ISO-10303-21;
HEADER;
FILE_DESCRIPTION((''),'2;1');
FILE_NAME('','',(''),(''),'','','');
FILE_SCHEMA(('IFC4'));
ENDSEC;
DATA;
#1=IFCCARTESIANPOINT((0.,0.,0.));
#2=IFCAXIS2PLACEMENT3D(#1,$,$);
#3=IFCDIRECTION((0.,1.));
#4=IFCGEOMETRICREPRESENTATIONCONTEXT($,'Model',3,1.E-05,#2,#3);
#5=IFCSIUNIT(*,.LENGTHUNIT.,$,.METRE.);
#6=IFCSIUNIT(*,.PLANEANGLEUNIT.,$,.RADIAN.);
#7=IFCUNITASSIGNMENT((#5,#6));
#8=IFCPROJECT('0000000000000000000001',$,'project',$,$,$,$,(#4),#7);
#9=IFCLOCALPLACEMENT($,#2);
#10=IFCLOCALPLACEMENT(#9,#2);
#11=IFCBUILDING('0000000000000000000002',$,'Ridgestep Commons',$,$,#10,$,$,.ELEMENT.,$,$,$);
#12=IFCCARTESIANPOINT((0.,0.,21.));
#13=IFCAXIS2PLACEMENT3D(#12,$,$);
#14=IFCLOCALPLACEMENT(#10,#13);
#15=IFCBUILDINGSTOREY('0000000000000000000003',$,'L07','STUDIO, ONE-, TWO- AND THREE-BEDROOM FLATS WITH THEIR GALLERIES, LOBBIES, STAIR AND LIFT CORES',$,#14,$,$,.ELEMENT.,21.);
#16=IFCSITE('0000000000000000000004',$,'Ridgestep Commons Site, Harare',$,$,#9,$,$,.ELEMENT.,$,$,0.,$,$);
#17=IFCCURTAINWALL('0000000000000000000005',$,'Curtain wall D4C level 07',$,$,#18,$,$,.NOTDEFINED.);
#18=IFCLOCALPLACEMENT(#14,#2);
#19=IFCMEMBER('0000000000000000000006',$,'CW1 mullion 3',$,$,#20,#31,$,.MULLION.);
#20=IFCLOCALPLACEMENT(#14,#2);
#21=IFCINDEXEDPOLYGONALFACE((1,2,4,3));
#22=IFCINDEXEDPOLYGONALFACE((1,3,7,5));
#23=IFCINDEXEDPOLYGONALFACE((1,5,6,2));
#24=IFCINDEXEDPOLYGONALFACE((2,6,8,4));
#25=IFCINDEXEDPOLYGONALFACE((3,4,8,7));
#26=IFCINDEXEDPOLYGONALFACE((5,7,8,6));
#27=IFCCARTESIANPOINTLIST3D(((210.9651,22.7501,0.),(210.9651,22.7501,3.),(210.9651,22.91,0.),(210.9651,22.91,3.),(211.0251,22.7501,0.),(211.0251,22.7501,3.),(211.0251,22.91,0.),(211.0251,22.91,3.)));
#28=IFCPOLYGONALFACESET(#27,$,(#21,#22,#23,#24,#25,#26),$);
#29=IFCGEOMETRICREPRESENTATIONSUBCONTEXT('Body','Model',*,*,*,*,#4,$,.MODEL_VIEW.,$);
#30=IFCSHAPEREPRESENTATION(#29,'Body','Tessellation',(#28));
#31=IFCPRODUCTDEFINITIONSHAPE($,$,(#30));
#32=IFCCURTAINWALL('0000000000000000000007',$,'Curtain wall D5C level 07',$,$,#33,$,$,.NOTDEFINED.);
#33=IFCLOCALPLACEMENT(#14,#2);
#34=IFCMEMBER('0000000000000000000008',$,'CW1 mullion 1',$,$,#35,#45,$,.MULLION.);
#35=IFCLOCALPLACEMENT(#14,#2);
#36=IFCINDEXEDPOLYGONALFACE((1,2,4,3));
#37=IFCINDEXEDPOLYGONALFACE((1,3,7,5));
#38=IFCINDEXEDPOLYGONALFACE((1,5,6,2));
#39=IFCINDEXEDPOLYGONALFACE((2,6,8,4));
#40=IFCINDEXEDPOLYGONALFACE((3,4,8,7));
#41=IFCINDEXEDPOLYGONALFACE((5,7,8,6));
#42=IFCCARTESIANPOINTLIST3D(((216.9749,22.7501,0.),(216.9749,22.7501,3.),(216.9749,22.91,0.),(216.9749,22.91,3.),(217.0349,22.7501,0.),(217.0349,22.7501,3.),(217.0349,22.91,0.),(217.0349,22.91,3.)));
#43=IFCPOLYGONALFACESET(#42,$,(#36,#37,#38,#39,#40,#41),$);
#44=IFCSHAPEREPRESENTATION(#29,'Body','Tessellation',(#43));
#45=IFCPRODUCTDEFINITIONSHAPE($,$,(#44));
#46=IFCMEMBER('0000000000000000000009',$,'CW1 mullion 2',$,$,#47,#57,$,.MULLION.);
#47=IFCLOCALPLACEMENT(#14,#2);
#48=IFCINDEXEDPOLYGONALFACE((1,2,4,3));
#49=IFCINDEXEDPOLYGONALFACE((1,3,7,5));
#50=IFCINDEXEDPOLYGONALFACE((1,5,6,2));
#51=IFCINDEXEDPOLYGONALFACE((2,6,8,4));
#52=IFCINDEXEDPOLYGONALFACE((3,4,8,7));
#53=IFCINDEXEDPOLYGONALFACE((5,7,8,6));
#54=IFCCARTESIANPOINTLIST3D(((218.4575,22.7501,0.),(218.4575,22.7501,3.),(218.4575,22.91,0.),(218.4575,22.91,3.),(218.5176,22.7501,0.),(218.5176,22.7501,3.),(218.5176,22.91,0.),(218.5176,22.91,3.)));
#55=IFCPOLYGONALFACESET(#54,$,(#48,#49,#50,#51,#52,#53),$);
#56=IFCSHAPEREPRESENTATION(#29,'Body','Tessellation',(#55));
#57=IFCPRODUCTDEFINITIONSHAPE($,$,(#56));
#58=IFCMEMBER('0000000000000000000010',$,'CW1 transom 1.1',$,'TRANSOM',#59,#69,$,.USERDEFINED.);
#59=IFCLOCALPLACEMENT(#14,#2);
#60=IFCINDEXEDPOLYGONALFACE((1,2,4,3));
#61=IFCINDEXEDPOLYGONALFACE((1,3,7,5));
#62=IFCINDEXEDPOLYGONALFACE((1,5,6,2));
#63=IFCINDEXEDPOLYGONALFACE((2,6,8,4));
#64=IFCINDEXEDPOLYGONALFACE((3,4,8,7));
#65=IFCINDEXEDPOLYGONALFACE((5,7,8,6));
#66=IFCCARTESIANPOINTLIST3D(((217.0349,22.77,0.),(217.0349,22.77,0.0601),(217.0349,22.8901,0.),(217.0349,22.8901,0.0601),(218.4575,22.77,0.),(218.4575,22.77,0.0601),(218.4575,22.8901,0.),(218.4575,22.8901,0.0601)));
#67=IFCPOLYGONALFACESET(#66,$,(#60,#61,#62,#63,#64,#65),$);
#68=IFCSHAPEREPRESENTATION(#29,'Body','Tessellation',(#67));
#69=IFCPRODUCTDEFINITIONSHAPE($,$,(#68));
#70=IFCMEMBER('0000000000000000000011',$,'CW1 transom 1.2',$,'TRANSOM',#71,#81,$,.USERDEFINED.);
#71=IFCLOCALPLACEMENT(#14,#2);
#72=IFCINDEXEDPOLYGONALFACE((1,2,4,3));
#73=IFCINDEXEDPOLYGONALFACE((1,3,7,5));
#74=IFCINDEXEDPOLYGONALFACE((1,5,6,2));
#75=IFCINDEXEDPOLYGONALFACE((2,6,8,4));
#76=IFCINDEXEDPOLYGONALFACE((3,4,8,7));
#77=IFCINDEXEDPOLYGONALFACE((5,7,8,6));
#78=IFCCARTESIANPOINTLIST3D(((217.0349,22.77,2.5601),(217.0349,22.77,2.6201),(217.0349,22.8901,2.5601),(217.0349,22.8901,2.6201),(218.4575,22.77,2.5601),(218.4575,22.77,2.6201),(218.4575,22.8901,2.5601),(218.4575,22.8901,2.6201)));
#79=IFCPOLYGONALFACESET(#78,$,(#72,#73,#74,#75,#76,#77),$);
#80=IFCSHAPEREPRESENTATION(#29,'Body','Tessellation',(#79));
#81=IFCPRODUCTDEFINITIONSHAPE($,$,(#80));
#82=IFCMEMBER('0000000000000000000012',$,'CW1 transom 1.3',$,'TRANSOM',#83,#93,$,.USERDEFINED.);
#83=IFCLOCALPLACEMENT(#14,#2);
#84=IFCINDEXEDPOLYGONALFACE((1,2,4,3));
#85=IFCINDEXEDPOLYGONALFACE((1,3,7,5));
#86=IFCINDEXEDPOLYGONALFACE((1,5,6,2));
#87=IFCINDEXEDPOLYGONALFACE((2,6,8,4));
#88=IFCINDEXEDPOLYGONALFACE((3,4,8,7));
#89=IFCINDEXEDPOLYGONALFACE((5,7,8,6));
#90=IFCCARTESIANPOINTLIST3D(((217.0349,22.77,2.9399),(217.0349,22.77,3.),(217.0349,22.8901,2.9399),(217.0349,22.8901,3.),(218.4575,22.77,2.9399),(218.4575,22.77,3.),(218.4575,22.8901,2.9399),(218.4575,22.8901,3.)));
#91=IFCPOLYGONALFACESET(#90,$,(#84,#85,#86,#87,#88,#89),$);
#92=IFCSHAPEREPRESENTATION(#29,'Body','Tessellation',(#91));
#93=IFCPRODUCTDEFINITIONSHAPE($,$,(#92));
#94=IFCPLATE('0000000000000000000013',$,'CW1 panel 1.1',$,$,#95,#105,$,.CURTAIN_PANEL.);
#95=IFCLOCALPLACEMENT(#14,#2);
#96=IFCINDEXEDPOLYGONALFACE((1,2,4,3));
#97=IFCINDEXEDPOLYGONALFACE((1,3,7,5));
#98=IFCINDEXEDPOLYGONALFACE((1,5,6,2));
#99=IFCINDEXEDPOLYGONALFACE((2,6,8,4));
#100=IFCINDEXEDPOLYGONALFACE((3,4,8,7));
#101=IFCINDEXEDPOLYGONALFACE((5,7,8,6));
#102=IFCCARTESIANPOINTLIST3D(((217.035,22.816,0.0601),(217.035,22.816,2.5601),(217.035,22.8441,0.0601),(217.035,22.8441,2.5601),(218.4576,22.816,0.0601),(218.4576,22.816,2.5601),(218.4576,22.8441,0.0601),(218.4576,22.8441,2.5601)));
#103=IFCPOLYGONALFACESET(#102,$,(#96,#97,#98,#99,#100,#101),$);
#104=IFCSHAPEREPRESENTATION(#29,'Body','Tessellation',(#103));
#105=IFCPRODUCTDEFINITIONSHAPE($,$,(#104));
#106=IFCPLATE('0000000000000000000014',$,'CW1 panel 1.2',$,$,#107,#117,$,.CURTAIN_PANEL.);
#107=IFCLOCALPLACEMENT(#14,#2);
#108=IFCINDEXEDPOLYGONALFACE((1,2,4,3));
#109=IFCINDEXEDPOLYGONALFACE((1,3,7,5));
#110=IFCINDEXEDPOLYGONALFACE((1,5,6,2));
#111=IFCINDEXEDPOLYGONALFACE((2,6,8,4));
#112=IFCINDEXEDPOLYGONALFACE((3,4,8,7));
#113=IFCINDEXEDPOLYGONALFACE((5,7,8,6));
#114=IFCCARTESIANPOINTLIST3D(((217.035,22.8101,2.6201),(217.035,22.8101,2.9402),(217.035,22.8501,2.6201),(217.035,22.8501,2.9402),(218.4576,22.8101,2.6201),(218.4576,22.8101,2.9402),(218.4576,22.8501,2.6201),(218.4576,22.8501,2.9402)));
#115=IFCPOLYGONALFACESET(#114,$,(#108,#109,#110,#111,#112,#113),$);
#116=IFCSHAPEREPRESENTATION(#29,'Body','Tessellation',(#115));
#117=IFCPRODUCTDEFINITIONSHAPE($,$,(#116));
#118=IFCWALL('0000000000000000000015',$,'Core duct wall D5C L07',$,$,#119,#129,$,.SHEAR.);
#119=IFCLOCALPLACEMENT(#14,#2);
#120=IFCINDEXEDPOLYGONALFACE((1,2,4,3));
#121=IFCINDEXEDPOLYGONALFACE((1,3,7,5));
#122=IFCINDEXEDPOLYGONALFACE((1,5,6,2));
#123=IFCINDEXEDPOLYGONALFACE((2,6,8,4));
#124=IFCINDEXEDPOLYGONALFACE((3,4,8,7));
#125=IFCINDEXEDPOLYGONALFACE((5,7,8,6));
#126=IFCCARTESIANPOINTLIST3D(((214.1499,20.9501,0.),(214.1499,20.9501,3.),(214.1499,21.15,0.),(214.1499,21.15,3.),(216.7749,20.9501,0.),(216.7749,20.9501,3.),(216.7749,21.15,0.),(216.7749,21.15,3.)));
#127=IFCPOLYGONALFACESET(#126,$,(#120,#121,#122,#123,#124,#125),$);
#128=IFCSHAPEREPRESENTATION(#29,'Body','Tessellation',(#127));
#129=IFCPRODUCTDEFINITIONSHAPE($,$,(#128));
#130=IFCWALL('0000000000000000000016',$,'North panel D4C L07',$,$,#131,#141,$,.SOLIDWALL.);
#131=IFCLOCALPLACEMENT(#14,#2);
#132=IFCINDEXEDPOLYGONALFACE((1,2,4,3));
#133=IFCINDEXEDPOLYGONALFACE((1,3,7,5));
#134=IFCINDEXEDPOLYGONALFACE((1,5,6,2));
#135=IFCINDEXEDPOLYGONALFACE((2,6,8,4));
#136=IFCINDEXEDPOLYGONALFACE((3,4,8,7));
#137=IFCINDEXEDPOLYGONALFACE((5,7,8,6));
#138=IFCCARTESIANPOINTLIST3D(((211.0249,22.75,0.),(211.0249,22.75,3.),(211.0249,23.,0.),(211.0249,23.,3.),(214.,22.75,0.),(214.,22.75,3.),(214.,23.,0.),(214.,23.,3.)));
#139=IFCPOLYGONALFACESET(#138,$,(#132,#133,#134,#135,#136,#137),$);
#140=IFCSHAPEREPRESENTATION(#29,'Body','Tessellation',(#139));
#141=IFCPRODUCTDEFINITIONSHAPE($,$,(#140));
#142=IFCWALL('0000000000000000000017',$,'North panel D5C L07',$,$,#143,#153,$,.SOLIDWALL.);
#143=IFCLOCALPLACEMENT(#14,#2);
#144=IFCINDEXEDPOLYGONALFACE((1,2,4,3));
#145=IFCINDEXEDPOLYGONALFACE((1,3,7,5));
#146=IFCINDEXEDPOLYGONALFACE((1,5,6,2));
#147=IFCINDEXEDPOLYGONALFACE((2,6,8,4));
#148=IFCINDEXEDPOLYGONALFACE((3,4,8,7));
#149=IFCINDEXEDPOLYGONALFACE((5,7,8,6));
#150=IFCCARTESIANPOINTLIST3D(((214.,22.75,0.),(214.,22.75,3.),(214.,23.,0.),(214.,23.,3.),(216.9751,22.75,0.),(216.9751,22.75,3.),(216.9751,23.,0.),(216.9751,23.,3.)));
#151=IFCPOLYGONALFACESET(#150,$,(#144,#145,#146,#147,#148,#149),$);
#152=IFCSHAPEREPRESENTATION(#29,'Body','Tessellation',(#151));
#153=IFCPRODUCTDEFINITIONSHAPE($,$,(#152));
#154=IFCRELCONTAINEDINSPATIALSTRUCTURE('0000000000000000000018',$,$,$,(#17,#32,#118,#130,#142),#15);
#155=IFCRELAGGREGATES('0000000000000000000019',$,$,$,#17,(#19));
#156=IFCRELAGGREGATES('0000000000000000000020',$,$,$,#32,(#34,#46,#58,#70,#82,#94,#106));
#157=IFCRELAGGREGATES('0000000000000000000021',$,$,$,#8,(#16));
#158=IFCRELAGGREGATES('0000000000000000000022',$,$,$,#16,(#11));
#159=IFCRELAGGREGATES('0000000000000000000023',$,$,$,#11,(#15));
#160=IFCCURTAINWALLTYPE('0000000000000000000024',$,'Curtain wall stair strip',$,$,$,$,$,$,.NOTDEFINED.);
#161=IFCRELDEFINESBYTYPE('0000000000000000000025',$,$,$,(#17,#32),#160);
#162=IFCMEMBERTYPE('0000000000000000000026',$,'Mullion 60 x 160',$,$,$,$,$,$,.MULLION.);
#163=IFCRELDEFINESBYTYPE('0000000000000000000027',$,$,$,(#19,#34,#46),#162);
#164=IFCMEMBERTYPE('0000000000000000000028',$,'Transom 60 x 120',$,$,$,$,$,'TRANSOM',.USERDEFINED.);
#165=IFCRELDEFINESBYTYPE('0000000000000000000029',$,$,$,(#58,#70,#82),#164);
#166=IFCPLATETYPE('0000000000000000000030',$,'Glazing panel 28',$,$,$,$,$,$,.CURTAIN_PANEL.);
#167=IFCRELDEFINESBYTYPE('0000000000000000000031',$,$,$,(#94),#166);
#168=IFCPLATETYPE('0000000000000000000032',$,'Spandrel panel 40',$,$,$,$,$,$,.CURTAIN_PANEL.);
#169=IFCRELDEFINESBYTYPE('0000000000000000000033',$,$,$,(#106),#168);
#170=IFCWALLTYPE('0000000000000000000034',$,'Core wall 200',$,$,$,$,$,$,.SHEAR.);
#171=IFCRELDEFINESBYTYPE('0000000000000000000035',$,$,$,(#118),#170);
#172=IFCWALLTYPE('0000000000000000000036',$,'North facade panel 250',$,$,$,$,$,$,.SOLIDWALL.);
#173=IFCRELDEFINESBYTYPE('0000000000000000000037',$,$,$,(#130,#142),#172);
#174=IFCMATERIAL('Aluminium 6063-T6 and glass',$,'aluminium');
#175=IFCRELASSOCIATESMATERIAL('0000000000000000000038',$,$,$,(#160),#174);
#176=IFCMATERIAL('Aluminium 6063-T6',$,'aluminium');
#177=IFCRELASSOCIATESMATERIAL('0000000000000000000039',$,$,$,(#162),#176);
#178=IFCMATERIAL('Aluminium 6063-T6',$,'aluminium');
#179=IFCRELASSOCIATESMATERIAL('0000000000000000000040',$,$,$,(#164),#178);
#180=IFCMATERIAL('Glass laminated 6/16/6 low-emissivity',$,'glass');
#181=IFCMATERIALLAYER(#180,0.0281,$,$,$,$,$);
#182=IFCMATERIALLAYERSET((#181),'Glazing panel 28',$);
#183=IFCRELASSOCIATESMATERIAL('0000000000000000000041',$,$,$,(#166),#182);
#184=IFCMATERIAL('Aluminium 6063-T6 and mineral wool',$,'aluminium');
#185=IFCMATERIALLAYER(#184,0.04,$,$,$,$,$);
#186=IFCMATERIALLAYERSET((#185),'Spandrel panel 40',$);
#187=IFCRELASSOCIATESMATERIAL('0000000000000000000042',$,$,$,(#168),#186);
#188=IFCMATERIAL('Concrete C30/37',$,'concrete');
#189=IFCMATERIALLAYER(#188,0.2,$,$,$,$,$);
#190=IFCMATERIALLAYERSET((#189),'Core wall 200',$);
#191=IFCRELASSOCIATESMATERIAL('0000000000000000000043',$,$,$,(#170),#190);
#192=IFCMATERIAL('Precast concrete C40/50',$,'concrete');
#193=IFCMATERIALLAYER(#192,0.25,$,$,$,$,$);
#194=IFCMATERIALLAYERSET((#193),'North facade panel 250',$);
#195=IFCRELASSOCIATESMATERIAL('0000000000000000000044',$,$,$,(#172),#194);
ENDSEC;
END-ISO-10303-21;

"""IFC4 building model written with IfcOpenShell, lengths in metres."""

from ifc_helpers import new_model, si_unit, direction, frame, frame_2d, origin, origin_2d, place, context, subcontext, project, spatial, rectangle, extrude, material, layer, layer_set, material_profile, profile_set, type_object, element, aggregate, save


model = new_model("IFC4")

# Units and contexts
model_context = context("Model", 3, precision=1e-05, world=origin(), true_north=direction((0.0, 1.0)))
body_context = subcontext(model_context, "Body", "Model", "MODEL_VIEW")
ifc_project = project(units=[si_unit("LENGTHUNIT", "METRE"), si_unit("PLANEANGLEUNIT", "RADIAN")], contexts=[model_context])

# Site, building, storey
site_placement = place(None, origin())
site = spatial("IfcSite", under=ifc_project, at=site_placement, Name="Ridgestep Commons Site, Harare", CompositionType="ELEMENT", RefElevation=0.0)
building_placement = place(site_placement, origin())
building = spatial("IfcBuilding", under=site, at=building_placement, Name="Ridgestep Commons", CompositionType="ELEMENT")
storey_placement = place(building_placement, frame((0.0, 0.0, 21.0)))
storey = spatial("IfcBuildingStorey", under=building, at=storey_placement, Name="L07", Description="STUDIO, ONE-, TWO- AND THREE-BEDROOM FLATS WITH THEIR GALLERIES, LOBBIES, STAIR AND LIFT CORES", CompositionType="ELEMENT", Elevation=21.0)

# Curtain wall, member
ifc_material_1 = material(Name="Aluminium 6063-T6 and glass", Category="aluminium")
curtain_wall_type = type_object("IfcCurtainWallType", Name="Curtain wall stair strip", PredefinedType="NOTDEFINED", material=ifc_material_1)
curtain_wall_1_placement = place(storey_placement, origin())
curtain_wall_1 = element("IfcCurtainWall", 1, at=curtain_wall_1_placement, inside=storey, type_object=curtain_wall_type, Name="Curtain wall D4C level 07", PredefinedType="NOTDEFINED")
ifc_material_2 = material(Name="Aluminium 6063-T6", Category="aluminium")
ifc_material_profile_1 = material_profile(ifc_material_2, rectangle(XDim=0.1599, YDim=0.0601, at=origin_2d()), Name="Mullion 60 x 160")
ifc_profile_set_1 = profile_set([ifc_material_profile_1], Name="Aluminium 6063-T6")
member_type_1 = type_object("IfcMemberType", Name="Mullion 60 x 160", PredefinedType="MULLION", material=ifc_profile_set_1)
member_1_placement = place(storey_placement, frame((210.9951, 22.8301, 0.0), z_axis=(0.0, 0.0, 1.0), x_axis=(0.0, 1.0, 0.0)))
member_1 = element("IfcMember", 2, at=member_1_placement, type_object=member_type_1, Name="CW1 mullion 3", PredefinedType="MULLION", context=body_context, shape_type="SweptSolid", body=[
    extrude(rectangle(XDim=0.1599, YDim=0.0601, at=origin_2d()), origin(), (0.0, 0.0, 1.0), 3.0),
])
aggregate(curtain_wall_1, [member_1])

# Curtain wall, members, plates
curtain_wall_2_placement = place(storey_placement, origin())
curtain_wall_2 = element("IfcCurtainWall", 3, at=curtain_wall_2_placement, inside=storey, type_object=curtain_wall_type, Name="Curtain wall D5C level 07", PredefinedType="NOTDEFINED")
member_2_placement = place(storey_placement, frame((217.0049, 22.8301, 0.0), z_axis=(0.0, 0.0, 1.0), x_axis=(0.0, 1.0, 0.0)))
member_2 = element("IfcMember", 4, at=member_2_placement, type_object=member_type_1, Name="CW1 mullion 1", PredefinedType="MULLION", context=body_context, shape_type="SweptSolid", body=[
    extrude(rectangle(XDim=0.1599, YDim=0.0601, at=origin_2d()), origin(), (0.0, 0.0, 1.0), 3.0),
])
member_3_placement = place(storey_placement, frame((218.4875, 22.8301, 0.0), z_axis=(0.0, 0.0, 1.0), x_axis=(0.0, 1.0, 0.0)))
member_3 = element("IfcMember", 5, at=member_3_placement, type_object=member_type_1, Name="CW1 mullion 2", PredefinedType="MULLION", context=body_context, shape_type="SweptSolid", body=[
    extrude(rectangle(XDim=0.1599, YDim=0.0601, at=origin_2d()), origin(), (0.0, 0.0, 1.0), 3.0),
])
ifc_material_3 = material(Name="Aluminium 6063-T6", Category="aluminium")
ifc_material_profile_2 = material_profile(ifc_material_3, rectangle(XDim=0.1201, YDim=0.0601, at=origin_2d()), Name="Transom 60 x 120")
ifc_profile_set_2 = profile_set([ifc_material_profile_2], Name="Aluminium 6063-T6")
member_type_2 = type_object("IfcMemberType", Name="Transom 60 x 120", ElementType="TRANSOM", PredefinedType="USERDEFINED", material=ifc_profile_set_2)
member_4_placement = place(storey_placement, frame((217.0349, 22.8301, 0.03), z_axis=(1.0, 0.0, 0.0), x_axis=(0.0, 1.0, 0.0)))
member_4 = element("IfcMember", 6, at=member_4_placement, type_object=member_type_2, Name="CW1 transom 1.1", ObjectType="TRANSOM", PredefinedType="USERDEFINED", context=body_context, shape_type="SweptSolid", body=[
    extrude(rectangle(XDim=0.1201, YDim=0.0601, at=origin_2d()), origin(), (0.0, 0.0, 1.0), 1.4226),
])
member_5_placement = place(storey_placement, frame((217.0349, 22.8301, 2.5901), z_axis=(1.0, 0.0, 0.0), x_axis=(0.0, 1.0, 0.0)))
member_5 = element("IfcMember", 7, at=member_5_placement, type_object=member_type_2, Name="CW1 transom 1.2", ObjectType="TRANSOM", PredefinedType="USERDEFINED", context=body_context, shape_type="SweptSolid", body=[
    extrude(rectangle(XDim=0.1201, YDim=0.0601, at=origin_2d()), origin(), (0.0, 0.0, 1.0), 1.4226),
])
member_6_placement = place(storey_placement, frame((217.0349, 22.8301, 2.97), z_axis=(1.0, 0.0, 0.0), x_axis=(0.0, 1.0, 0.0)))
member_6 = element("IfcMember", 8, at=member_6_placement, type_object=member_type_2, Name="CW1 transom 1.3", ObjectType="TRANSOM", PredefinedType="USERDEFINED", context=body_context, shape_type="SweptSolid", body=[
    extrude(rectangle(XDim=0.1201, YDim=0.0601, at=origin_2d()), origin(), (0.0, 0.0, 1.0), 1.4226),
])
ifc_material_4 = material(Name="Glass laminated 6/16/6 low-emissivity", Category="glass")
ifc_layer_1 = layer(ifc_material_4, 0.0281)
ifc_layer_set_1 = layer_set([ifc_layer_1], Name="Glazing panel 28")
plate_type_1 = type_object("IfcPlateType", Name="Glazing panel 28", PredefinedType="CURTAIN_PANEL", material=ifc_layer_set_1)
plate_1_placement = place(storey_placement, frame((217.7463, 22.8301, 0.0601), z_axis=(0.0, 0.0, 1.0), x_axis=(1.0, 0.0, 0.0)))
plate_1 = element("IfcPlate", 9, at=plate_1_placement, type_object=plate_type_1, Name="CW1 panel 1.1", PredefinedType="CURTAIN_PANEL", context=body_context, shape_type="SweptSolid", body=[
    extrude(rectangle(XDim=1.4226, YDim=0.0281, at=origin_2d()), origin(), (0.0, 0.0, 1.0), 2.5),
])
ifc_material_5 = material(Name="Aluminium 6063-T6 and mineral wool", Category="aluminium")
ifc_layer_2 = layer(ifc_material_5, 0.04)
ifc_layer_set_2 = layer_set([ifc_layer_2], Name="Spandrel panel 40")
plate_type_2 = type_object("IfcPlateType", Name="Spandrel panel 40", PredefinedType="CURTAIN_PANEL", material=ifc_layer_set_2)
plate_2_placement = place(storey_placement, frame((217.7463, 22.8301, 2.6201), z_axis=(0.0, 0.0, 1.0), x_axis=(1.0, 0.0, 0.0)))
plate_2 = element("IfcPlate", 10, at=plate_2_placement, type_object=plate_type_2, Name="CW1 panel 1.2", PredefinedType="CURTAIN_PANEL", context=body_context, shape_type="SweptSolid", body=[
    extrude(rectangle(XDim=1.4226, YDim=0.04, at=origin_2d()), origin(), (0.0, 0.0, 1.0), 0.3201),
])
aggregate(curtain_wall_2, [member_2, member_3, member_4, member_5, member_6, plate_1, plate_2])

# Walls
ifc_material_6 = material(Name="Concrete C30/37", Category="concrete")
ifc_layer_3 = layer(ifc_material_6, 0.2)
ifc_layer_set_3 = layer_set([ifc_layer_3], Name="Core wall 200")
wall_type_1 = type_object("IfcWallType", Name="Core wall 200", PredefinedType="SHEAR", material=ifc_layer_set_3)
wall_placement = place(storey_placement, frame((214.1499, 21.05, 0.0), z_axis=(0.0, 0.0, 1.0), x_axis=(1.0, 0.0, 0.0)))
element("IfcWall", 11, at=wall_placement, inside=storey, type_object=wall_type_1, Name="Core duct wall D5C L07", PredefinedType="SHEAR", context=body_context, shape_type="SweptSolid", body=[
    extrude(rectangle(XDim=2.625, YDim=0.2, at=frame_2d((1.3125, 0.0))), origin(), (0.0, 0.0, 1.0), 3.0),
])
ifc_material_7 = material(Name="Precast concrete C40/50", Category="concrete")
ifc_layer_4 = layer(ifc_material_7, 0.25)
ifc_layer_set_4 = layer_set([ifc_layer_4], Name="North facade panel 250")
wall_type_2 = type_object("IfcWallType", Name="North facade panel 250", PredefinedType="SOLIDWALL", material=ifc_layer_set_4)
for number, where, z_axis, x_axis, name in (
    (12, (211.0249, 22.875, 0.0), (0.0, 0.0, 1.0), (1.0, 0.0, 0.0), "North panel D4C L07"),
    (13, (214.0, 22.875, 0.0), (0.0, 0.0, 1.0), (1.0, 0.0, 0.0), "North panel D5C L07"),
):
    element("IfcWall", number, at=place(storey_placement, frame(where, z_axis=z_axis, x_axis=x_axis)), inside=storey, type_object=wall_type_2, Name=name, PredefinedType="SOLIDWALL", context=body_context, shape_type="SweptSolid", body=[
        extrude(rectangle(XDim=2.9751, YDim=0.25, at=frame_2d((1.4875, 0.0))), origin(), (0.0, 0.0, 1.0), 3.0),
    ])

save(model, "model.ifc")
